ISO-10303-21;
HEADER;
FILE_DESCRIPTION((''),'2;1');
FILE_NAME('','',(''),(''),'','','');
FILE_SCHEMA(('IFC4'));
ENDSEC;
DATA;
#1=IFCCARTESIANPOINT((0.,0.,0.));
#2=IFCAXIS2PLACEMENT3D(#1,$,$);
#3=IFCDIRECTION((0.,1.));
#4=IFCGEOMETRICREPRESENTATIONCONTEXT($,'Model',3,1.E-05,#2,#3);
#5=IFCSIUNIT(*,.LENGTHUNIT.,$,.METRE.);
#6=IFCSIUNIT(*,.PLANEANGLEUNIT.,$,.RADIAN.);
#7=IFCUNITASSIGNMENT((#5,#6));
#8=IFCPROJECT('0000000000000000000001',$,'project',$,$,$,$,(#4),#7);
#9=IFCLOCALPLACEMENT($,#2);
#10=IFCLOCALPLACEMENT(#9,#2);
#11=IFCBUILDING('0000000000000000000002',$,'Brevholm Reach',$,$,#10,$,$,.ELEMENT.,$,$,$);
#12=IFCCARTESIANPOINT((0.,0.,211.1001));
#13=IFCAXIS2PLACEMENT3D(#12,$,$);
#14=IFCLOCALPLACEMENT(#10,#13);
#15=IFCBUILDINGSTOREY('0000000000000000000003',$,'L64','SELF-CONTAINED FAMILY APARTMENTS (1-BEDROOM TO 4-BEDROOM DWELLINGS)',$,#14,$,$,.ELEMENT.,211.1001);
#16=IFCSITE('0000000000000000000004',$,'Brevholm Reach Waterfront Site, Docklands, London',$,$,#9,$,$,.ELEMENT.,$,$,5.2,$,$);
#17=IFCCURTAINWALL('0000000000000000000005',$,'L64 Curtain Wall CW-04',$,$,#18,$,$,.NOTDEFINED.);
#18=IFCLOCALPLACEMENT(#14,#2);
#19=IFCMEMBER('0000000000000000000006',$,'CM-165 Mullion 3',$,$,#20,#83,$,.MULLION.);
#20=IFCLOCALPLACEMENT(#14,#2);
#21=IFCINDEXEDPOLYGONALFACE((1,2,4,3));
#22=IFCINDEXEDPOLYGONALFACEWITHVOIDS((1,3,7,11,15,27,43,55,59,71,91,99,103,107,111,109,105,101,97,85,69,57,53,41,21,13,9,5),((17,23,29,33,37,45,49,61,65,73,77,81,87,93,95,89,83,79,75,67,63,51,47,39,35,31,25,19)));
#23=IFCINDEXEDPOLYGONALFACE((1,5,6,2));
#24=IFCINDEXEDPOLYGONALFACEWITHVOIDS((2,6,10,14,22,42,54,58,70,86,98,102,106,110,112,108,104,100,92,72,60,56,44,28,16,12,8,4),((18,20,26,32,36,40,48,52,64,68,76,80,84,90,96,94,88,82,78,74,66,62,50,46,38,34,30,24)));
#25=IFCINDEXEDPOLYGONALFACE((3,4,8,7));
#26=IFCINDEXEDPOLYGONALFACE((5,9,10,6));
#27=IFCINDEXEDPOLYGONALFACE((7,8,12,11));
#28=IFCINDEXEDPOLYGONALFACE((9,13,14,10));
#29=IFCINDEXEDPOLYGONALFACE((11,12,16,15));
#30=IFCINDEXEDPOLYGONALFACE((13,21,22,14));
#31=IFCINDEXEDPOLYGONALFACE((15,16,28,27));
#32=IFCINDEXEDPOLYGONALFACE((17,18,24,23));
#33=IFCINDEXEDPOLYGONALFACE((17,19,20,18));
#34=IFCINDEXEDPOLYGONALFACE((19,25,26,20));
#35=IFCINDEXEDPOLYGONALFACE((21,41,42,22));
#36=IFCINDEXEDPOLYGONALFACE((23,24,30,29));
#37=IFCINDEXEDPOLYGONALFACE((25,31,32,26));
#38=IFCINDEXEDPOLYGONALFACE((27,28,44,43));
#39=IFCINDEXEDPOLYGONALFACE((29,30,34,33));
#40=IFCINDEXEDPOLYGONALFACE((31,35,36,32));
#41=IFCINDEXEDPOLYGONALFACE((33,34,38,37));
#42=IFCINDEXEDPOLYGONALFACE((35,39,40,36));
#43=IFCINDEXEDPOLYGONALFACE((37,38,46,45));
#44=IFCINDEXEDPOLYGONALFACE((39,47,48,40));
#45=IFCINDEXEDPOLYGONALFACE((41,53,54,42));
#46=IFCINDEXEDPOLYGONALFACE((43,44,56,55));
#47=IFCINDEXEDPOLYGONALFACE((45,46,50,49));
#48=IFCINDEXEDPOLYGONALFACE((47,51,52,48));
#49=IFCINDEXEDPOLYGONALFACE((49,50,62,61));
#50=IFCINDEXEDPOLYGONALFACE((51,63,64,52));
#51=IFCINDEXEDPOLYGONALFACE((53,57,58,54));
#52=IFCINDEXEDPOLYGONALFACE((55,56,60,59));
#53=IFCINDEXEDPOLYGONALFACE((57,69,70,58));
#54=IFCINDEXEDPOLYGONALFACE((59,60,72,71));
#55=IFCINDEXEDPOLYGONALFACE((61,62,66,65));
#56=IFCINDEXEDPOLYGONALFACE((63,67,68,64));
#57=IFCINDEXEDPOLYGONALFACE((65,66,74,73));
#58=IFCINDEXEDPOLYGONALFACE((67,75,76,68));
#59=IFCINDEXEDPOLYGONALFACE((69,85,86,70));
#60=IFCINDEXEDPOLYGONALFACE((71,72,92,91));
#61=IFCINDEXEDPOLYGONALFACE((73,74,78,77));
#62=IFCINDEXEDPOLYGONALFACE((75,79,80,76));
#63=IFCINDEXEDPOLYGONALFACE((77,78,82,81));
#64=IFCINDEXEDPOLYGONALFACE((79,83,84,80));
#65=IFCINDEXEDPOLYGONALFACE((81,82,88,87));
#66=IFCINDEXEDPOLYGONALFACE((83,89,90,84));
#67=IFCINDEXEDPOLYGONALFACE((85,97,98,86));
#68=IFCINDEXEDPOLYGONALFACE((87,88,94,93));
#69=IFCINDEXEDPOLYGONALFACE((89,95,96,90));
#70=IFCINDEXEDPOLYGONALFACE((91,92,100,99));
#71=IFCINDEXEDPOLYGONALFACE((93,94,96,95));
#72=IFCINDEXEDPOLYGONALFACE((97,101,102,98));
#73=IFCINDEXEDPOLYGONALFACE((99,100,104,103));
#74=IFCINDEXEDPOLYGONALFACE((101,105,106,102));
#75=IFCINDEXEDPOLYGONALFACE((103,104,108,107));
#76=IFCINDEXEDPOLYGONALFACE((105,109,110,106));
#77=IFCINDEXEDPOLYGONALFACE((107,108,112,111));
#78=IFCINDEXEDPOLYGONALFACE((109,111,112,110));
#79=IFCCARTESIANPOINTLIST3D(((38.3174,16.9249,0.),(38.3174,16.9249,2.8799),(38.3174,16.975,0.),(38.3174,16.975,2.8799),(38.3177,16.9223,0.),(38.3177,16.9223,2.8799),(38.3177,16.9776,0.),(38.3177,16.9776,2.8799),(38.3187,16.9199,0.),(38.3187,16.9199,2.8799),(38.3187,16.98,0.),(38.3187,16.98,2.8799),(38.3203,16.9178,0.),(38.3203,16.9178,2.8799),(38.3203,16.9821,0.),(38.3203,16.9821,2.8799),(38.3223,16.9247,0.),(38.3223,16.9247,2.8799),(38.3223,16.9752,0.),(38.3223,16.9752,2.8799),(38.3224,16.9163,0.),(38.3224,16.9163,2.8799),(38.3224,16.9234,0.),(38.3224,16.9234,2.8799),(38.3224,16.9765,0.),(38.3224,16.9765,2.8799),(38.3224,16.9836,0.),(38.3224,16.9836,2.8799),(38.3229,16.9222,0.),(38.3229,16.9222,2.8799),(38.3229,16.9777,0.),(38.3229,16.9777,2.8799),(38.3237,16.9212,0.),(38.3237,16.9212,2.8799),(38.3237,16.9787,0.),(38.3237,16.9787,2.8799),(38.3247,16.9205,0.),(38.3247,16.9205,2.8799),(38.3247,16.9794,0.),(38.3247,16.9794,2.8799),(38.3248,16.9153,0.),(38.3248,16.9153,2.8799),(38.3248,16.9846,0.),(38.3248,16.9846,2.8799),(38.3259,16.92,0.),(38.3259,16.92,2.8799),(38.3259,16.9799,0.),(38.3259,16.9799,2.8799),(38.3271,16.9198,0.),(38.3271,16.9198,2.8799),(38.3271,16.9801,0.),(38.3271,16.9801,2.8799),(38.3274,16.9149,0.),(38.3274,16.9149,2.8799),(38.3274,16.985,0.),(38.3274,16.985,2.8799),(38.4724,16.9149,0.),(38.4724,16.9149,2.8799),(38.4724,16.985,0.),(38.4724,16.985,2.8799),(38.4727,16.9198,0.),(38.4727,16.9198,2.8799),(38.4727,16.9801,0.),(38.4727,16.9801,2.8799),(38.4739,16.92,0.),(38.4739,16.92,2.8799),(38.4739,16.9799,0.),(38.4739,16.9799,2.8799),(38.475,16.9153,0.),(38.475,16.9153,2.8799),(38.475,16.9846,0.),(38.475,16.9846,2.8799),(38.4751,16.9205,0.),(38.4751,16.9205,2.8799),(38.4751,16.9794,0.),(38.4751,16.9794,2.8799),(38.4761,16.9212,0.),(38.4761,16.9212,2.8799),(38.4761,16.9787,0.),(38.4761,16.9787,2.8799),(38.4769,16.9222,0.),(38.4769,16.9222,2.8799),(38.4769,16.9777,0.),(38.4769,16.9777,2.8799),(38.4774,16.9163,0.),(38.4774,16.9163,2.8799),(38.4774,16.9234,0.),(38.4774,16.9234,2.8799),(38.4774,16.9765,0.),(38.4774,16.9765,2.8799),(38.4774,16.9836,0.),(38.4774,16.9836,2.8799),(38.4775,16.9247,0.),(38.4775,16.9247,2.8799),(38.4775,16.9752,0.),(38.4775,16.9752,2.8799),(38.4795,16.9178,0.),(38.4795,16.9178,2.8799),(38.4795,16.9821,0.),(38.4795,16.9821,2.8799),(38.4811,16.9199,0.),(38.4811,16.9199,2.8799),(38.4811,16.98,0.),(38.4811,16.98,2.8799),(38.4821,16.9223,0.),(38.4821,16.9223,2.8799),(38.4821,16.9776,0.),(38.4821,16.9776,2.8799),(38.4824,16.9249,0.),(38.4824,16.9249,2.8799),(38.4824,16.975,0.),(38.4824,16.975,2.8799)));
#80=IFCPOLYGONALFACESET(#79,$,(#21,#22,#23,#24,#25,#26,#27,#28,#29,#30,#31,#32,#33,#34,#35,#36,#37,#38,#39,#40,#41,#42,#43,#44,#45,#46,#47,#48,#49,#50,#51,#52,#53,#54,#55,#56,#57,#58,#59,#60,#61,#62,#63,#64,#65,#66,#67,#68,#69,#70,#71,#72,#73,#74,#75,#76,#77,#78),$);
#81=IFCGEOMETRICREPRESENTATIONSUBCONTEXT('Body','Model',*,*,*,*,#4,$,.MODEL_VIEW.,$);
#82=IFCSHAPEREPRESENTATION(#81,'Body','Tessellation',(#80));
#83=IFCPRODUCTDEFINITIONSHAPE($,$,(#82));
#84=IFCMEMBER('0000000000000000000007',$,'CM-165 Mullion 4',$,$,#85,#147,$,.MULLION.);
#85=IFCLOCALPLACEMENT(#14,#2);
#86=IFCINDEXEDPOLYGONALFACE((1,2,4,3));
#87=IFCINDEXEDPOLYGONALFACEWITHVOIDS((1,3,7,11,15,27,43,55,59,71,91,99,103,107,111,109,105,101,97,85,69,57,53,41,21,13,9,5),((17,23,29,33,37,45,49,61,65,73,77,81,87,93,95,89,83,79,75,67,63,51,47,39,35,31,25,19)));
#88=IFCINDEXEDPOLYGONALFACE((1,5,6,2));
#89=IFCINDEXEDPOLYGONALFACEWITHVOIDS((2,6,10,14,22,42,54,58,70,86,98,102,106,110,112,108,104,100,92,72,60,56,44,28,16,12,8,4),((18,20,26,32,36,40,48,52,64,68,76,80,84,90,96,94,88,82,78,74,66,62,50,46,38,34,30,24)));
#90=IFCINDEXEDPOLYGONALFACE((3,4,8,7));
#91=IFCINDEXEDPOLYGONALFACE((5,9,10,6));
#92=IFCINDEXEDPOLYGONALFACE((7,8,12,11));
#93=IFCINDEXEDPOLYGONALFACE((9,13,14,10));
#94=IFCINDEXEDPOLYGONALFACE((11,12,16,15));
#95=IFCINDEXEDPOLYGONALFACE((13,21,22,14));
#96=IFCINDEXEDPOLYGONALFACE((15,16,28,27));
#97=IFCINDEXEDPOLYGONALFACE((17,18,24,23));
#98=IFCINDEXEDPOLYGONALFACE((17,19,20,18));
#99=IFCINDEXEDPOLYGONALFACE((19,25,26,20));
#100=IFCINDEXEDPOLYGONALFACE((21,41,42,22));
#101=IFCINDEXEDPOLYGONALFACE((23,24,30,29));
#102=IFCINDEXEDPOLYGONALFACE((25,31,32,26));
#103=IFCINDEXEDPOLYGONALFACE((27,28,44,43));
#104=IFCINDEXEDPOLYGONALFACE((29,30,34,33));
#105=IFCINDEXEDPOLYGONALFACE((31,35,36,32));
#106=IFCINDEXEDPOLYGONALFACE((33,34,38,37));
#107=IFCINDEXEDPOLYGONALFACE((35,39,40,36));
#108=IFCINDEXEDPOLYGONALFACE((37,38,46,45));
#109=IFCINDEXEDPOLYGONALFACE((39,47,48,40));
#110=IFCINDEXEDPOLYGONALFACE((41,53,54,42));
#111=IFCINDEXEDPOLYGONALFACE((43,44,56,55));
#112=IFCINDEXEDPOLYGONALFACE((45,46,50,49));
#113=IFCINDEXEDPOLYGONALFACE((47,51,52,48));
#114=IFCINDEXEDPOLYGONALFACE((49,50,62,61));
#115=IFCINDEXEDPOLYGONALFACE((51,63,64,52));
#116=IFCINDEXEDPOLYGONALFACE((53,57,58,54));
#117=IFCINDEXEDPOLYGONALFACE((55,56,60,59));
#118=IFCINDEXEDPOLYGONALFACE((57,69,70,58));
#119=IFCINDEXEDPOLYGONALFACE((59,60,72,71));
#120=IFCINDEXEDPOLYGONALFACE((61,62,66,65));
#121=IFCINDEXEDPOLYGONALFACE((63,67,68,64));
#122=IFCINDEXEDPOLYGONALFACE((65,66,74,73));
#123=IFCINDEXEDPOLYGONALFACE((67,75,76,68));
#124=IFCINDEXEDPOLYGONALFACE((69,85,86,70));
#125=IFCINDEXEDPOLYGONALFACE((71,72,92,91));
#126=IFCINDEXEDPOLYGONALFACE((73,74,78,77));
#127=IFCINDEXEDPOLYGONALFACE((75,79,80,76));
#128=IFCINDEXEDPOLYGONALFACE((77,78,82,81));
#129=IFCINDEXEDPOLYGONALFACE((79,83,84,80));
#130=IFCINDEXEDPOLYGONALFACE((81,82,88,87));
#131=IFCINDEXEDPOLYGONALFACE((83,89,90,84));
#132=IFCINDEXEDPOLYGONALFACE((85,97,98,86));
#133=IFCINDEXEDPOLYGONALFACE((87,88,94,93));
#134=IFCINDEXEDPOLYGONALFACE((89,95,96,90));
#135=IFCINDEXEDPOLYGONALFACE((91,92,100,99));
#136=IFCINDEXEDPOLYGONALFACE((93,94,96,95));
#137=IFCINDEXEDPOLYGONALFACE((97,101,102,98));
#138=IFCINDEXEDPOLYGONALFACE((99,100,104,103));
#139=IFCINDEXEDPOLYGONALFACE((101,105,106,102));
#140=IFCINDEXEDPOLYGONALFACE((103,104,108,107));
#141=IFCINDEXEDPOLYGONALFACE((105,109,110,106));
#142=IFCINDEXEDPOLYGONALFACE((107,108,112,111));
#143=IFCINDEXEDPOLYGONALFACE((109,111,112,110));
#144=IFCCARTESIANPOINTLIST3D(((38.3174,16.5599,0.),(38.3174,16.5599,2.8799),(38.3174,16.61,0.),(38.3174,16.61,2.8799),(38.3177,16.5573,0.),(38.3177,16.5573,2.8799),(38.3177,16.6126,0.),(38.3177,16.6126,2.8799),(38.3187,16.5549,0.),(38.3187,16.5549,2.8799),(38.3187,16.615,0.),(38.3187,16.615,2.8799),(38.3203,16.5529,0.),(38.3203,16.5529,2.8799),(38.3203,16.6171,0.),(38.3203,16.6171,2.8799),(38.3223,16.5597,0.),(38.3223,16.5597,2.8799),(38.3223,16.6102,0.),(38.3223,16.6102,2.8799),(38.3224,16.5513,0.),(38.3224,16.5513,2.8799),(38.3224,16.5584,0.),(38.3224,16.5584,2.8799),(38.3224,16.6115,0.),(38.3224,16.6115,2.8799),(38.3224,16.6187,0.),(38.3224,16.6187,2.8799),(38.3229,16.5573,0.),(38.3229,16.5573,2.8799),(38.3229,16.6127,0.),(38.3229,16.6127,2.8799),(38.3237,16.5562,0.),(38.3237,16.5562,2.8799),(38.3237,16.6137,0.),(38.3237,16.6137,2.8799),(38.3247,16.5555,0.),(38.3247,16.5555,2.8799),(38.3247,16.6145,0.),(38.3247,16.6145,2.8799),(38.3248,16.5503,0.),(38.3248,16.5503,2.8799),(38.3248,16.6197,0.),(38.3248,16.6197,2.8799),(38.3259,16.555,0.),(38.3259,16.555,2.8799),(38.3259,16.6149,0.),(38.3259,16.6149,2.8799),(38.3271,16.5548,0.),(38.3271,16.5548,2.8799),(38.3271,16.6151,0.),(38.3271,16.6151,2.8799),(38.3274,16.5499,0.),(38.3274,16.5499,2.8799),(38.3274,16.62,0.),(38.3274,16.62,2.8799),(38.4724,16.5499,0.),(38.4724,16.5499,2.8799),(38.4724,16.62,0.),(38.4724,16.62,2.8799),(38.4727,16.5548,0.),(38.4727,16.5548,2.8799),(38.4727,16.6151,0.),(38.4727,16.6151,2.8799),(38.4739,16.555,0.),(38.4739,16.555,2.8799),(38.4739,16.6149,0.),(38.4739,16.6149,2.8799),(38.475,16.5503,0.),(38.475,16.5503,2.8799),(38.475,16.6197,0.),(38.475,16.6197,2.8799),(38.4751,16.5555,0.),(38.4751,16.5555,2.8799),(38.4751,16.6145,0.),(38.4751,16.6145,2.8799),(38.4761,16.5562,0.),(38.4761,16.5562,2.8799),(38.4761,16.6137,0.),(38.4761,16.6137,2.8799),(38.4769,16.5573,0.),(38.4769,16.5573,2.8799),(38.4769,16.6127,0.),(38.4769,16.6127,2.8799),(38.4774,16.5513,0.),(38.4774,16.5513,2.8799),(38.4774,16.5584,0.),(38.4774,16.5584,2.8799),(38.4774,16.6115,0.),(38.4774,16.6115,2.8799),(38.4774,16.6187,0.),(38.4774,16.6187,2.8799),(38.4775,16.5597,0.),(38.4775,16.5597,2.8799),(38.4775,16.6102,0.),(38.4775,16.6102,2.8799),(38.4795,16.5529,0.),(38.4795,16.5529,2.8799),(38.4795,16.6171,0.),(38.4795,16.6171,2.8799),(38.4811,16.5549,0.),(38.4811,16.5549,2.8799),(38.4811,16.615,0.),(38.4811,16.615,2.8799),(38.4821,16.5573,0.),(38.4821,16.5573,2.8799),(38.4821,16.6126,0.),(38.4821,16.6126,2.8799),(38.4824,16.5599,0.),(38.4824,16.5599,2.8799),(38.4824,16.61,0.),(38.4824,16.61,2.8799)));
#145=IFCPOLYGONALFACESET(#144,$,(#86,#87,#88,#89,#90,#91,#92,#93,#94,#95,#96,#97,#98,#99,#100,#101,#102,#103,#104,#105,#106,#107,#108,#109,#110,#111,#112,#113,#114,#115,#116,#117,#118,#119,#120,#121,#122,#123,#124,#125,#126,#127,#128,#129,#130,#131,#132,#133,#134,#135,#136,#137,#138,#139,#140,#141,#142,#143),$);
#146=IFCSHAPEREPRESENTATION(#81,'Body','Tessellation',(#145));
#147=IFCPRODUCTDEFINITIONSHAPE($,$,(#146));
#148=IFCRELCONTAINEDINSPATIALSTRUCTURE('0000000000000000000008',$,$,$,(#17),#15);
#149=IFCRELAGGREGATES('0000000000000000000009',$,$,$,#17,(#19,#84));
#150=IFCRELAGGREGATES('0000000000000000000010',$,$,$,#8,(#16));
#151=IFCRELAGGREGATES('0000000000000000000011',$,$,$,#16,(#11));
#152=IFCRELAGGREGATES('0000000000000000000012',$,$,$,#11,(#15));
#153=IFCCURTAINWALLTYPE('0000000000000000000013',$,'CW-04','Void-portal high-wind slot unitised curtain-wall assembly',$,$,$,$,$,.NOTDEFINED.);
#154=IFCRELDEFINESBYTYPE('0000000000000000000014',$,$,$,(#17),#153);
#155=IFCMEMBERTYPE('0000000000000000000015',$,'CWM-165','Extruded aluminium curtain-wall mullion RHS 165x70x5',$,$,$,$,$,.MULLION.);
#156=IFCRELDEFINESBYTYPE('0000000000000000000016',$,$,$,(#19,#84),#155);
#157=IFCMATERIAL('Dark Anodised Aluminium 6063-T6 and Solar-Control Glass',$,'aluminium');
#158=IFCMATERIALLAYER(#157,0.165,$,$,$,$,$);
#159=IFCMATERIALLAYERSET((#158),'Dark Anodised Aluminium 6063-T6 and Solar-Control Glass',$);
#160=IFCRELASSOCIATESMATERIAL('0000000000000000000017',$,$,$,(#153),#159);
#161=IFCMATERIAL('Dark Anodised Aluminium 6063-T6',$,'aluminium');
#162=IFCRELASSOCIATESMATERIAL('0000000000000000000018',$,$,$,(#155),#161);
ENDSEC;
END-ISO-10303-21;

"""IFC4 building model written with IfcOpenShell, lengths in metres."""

from ifc_helpers import new_model, si_unit, direction, frame, origin, origin_2d, place, context, subcontext, project, spatial, hollow_rectangle, extrude, material, layer, layer_set, material_profile, profile_set, type_object, element, aggregate, save


model = new_model("IFC4")

# Units and contexts
model_context = context("Model", 3, precision=1e-05, world=origin(), true_north=direction((0.0, 1.0)))
body_context = subcontext(model_context, "Body", "Model", "MODEL_VIEW")
ifc_project = project(units=[si_unit("LENGTHUNIT", "METRE"), si_unit("PLANEANGLEUNIT", "RADIAN")], contexts=[model_context])

# Site, building, storey
site_placement = place(None, origin())
site = spatial("IfcSite", under=ifc_project, at=site_placement, Name="Brevholm Reach Waterfront Site, Docklands, London", CompositionType="ELEMENT", RefElevation=5.2)
building_placement = place(site_placement, origin())
building = spatial("IfcBuilding", under=site, at=building_placement, Name="Brevholm Reach", CompositionType="ELEMENT")
storey_placement = place(building_placement, frame((0.0, 0.0, 211.1001)))
storey = spatial("IfcBuildingStorey", under=building, at=storey_placement, Name="L64", Description="SELF-CONTAINED FAMILY APARTMENTS (1-BEDROOM TO 4-BEDROOM DWELLINGS)", CompositionType="ELEMENT", Elevation=211.1001)

# Curtain wall, members
ifc_material_1 = material(Name="Dark Anodised Aluminium 6063-T6 and Solar-Control Glass", Category="aluminium")
ifc_layer_1 = layer(ifc_material_1, 0.165)
ifc_layer_set_1 = layer_set([ifc_layer_1], Name="Dark Anodised Aluminium 6063-T6 and Solar-Control Glass")
curtain_wall_type = type_object("IfcCurtainWallType", Name="CW-04", Description="Void-portal high-wind slot unitised curtain-wall assembly", PredefinedType="NOTDEFINED", material=ifc_layer_set_1)
curtain_wall_1_placement = place(storey_placement, origin())
curtain_wall_1 = element("IfcCurtainWall", 1, at=curtain_wall_1_placement, inside=storey, type_object=curtain_wall_type, Name="L64 Curtain Wall CW-04", PredefinedType="NOTDEFINED")
ifc_material_2 = material(Name="Dark Anodised Aluminium 6063-T6", Category="aluminium")
ifc_material_profile_1 = material_profile(ifc_material_2, hollow_rectangle(XDim=0.0701, YDim=0.165, WallThickness=0.0049, InnerFilletRadius=0.0049, OuterFilletRadius=0.01, at=origin_2d()), Name="RHS 165x70x5")
ifc_profile_set_1 = profile_set([ifc_material_profile_1], Name="Dark Anodised Aluminium 6063-T6")
member_type_1 = type_object("IfcMemberType", Name="CWM-165", Description="Extruded aluminium curtain-wall mullion RHS 165x70x5", PredefinedType="MULLION", material=ifc_profile_set_1)
member_1_placement = place(storey_placement, frame((38.3999, 16.95, 0.0), z_axis=(0.0, 0.0, 1.0), x_axis=(0.0, -1.0, 0.0)))
member_1 = element("IfcMember", 2, at=member_1_placement, type_object=member_type_1, Name="CM-165 Mullion 3", PredefinedType="MULLION", context=body_context, shape_type="SweptSolid", body=[
    extrude(hollow_rectangle(XDim=0.0701, YDim=0.165, WallThickness=0.0049, InnerFilletRadius=0.0049, OuterFilletRadius=0.01, at=origin_2d()), origin(), (0.0, 0.0, 1.0), 2.8799),
])
member_2_placement = place(storey_placement, frame((38.3999, 16.585, 0.0), z_axis=(0.0, 0.0, 1.0), x_axis=(0.0, -1.0, 0.0)))
member_2 = element("IfcMember", 3, at=member_2_placement, type_object=member_type_1, Name="CM-165 Mullion 4", PredefinedType="MULLION", context=body_context, shape_type="SweptSolid", body=[
    extrude(hollow_rectangle(XDim=0.0701, YDim=0.165, WallThickness=0.0049, InnerFilletRadius=0.0049, OuterFilletRadius=0.01, at=origin_2d()), origin(), (0.0, 0.0, 1.0), 2.8799),
])

aggregate(curtain_wall_1, [member_1, member_2])

save(model, "model.ifc")
